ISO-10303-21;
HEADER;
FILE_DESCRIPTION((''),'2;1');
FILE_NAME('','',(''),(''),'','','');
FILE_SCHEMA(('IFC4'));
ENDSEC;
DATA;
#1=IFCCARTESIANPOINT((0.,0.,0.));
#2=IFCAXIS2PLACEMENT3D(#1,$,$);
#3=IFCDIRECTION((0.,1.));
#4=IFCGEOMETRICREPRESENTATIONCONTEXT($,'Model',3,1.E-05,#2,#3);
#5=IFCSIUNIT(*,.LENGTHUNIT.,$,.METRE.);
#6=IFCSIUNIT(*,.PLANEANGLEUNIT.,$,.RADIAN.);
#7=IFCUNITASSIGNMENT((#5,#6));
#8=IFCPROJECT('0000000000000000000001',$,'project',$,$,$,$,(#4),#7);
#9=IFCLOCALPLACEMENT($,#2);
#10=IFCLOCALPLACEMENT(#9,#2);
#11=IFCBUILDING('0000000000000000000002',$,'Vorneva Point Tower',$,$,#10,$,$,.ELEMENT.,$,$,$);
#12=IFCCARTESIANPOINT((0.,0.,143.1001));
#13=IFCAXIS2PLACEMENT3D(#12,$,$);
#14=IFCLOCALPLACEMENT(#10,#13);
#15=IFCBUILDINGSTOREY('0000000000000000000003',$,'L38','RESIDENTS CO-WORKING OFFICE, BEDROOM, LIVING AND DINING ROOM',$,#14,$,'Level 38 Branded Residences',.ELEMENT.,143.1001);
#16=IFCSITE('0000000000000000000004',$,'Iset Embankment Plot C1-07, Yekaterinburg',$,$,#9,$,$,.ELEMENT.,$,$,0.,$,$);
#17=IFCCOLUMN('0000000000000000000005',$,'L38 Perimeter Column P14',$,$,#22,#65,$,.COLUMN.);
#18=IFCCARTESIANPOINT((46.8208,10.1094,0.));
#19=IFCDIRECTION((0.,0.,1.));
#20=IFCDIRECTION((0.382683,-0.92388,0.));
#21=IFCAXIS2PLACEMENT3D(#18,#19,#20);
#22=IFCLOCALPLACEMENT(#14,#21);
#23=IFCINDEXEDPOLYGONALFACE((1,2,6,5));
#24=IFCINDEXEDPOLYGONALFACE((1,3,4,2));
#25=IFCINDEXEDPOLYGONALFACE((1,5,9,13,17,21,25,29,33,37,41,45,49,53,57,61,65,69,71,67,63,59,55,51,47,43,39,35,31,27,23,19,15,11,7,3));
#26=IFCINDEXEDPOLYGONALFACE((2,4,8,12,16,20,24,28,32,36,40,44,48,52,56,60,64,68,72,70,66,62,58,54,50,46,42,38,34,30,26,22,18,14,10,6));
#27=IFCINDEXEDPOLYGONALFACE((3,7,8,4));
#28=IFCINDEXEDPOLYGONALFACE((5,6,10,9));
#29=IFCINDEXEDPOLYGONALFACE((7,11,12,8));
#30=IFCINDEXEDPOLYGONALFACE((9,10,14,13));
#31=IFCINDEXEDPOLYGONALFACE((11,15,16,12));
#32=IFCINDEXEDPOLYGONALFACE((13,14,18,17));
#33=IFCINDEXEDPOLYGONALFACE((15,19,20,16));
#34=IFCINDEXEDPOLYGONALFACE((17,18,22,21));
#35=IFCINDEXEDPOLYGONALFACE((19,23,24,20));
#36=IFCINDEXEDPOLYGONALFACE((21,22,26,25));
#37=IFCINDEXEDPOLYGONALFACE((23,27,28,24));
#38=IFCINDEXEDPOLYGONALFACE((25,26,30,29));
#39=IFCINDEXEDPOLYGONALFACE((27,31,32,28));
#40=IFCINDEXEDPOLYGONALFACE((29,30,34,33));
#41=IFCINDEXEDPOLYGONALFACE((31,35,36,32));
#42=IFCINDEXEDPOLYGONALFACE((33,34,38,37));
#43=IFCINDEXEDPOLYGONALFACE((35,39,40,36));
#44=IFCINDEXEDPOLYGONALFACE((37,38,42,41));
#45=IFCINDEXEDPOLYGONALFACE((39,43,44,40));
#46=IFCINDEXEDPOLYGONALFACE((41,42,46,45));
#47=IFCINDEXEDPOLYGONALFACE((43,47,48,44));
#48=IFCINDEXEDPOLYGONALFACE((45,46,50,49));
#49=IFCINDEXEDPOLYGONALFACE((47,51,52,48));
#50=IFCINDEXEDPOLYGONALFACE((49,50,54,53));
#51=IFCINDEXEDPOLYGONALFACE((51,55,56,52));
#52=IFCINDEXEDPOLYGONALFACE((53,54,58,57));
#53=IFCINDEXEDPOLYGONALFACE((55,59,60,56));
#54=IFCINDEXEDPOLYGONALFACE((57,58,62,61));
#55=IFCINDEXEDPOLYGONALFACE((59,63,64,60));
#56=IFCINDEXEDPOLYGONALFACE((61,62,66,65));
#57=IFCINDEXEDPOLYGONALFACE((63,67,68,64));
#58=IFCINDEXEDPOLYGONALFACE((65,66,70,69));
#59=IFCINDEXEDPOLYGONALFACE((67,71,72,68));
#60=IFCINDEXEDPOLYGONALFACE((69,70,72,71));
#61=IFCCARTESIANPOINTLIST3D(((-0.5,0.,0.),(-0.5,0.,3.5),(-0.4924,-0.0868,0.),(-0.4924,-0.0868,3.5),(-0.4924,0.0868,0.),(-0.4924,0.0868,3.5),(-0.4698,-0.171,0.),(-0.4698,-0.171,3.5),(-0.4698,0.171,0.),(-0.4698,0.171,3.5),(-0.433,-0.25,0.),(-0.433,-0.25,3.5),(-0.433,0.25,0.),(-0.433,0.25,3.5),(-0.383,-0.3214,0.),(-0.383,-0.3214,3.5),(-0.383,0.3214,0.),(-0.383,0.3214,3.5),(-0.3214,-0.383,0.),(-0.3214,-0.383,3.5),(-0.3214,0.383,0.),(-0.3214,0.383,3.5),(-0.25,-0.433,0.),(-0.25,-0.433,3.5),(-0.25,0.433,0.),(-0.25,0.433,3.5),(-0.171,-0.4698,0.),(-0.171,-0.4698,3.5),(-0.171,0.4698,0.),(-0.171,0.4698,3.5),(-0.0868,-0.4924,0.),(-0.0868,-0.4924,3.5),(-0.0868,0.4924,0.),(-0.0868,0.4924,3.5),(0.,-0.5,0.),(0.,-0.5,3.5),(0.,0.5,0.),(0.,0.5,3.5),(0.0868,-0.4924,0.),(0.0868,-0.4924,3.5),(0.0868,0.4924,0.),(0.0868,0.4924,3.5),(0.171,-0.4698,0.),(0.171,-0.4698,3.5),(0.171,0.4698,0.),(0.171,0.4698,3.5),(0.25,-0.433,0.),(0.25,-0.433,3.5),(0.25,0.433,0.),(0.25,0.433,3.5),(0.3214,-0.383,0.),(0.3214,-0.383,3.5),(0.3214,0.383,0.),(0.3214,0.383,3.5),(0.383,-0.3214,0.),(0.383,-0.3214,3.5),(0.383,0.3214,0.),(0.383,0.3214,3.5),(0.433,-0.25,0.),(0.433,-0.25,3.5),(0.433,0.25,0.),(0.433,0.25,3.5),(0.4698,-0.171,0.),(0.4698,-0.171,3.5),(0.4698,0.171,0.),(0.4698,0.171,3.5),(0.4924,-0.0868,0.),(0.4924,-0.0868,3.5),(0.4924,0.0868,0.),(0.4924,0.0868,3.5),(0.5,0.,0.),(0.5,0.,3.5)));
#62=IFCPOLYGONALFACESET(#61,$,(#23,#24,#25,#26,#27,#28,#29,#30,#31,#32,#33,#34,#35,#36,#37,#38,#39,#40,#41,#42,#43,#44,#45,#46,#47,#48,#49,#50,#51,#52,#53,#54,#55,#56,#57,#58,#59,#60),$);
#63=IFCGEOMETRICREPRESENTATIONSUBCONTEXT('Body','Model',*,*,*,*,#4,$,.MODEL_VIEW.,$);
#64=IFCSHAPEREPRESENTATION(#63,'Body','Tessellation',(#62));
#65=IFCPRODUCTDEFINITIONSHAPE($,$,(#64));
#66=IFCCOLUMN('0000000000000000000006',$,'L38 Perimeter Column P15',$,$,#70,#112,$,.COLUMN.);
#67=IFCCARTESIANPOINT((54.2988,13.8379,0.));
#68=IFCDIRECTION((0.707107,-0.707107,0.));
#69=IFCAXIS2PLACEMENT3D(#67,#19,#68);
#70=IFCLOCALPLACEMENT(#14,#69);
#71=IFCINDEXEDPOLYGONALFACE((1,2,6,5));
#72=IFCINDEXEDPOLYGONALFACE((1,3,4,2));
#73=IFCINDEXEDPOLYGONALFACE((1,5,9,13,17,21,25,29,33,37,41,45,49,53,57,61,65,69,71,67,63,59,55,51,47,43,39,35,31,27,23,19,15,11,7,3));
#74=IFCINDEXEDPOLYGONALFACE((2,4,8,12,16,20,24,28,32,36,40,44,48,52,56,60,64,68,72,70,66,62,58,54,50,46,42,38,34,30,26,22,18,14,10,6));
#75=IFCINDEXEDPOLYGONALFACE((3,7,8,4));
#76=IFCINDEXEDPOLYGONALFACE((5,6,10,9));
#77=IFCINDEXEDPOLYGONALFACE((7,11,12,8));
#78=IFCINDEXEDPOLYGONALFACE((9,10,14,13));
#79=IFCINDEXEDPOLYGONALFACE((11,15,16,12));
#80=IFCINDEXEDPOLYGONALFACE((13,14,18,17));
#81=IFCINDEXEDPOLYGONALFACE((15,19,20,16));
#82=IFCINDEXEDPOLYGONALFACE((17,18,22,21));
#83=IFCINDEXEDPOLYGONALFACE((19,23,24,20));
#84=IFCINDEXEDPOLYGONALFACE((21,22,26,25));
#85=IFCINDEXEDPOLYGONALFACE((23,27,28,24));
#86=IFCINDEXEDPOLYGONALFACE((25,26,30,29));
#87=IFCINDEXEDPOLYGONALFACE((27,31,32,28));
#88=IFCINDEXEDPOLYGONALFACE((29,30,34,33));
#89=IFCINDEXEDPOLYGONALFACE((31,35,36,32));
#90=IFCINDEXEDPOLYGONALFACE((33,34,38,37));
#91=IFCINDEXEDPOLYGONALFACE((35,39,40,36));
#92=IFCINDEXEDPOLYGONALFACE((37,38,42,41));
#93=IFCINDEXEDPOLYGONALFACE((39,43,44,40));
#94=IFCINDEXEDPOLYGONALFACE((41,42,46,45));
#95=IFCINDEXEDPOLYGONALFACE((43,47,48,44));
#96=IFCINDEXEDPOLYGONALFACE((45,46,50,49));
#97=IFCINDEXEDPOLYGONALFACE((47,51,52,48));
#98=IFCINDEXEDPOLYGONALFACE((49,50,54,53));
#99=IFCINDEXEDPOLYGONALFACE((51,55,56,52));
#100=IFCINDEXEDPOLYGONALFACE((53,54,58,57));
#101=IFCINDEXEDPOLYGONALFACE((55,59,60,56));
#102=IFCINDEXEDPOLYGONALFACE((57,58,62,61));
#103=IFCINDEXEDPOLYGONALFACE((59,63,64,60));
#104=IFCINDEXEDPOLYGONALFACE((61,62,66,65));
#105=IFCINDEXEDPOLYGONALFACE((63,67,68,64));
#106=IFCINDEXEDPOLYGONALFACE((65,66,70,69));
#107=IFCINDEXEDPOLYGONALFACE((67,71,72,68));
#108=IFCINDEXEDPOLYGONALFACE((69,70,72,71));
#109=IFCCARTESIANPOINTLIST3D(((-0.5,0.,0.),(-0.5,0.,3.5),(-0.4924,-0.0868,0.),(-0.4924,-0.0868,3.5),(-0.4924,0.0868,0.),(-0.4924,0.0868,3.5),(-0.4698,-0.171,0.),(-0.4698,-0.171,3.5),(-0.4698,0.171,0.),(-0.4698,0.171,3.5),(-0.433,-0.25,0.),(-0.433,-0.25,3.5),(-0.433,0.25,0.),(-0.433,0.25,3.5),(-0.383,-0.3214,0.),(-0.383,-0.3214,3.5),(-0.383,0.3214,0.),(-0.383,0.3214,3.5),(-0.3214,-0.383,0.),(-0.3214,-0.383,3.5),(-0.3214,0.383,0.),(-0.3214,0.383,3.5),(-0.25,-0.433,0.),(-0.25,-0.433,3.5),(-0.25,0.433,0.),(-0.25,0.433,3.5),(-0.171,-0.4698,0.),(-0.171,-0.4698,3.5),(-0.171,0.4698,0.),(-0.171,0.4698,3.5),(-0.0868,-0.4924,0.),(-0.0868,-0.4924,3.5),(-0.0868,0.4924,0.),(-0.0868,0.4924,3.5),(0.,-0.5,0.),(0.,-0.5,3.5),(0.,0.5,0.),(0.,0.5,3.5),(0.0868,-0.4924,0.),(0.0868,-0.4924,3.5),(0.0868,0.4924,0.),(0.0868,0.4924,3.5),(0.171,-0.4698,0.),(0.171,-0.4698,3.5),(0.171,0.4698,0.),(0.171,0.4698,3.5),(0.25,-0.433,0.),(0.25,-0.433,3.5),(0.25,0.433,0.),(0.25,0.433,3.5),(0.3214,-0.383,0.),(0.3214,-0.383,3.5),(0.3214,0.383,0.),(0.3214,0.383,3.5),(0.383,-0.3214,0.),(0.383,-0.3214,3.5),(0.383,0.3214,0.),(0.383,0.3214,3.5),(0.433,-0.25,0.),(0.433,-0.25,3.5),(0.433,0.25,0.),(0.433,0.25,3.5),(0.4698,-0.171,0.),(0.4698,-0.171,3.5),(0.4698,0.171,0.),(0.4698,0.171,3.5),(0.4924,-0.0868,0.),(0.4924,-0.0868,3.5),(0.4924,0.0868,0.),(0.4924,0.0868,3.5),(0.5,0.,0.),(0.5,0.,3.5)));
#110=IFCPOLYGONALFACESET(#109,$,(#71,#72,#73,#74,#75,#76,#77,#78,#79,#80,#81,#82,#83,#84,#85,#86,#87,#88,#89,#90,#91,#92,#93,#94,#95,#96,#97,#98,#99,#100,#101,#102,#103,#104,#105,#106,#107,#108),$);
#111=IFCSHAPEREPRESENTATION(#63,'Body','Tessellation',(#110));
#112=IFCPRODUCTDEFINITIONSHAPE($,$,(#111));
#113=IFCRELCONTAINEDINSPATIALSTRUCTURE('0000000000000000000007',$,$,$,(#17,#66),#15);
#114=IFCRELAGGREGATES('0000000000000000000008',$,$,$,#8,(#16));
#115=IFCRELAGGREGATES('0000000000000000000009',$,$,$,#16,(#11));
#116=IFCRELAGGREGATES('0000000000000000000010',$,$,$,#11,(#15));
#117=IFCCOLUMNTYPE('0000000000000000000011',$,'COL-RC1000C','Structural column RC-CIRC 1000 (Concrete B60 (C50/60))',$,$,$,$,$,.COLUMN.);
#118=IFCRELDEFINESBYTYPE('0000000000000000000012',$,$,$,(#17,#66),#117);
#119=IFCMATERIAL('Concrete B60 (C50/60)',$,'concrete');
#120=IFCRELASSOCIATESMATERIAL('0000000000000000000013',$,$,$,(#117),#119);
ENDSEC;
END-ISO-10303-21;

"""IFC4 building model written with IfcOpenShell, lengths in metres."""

from ifc_helpers import new_model, si_unit, direction, frame, origin, origin_2d, place, context, subcontext, project, spatial, circle, extrude, material, material_profile, profile_set, type_object, element, save


model = new_model("IFC4")

# Units and contexts
model_context = context("Model", 3, precision=1e-05, world=origin(), true_north=direction((0.0, 1.0)))
body_context = subcontext(model_context, "Body", "Model", "MODEL_VIEW")
ifc_project = project(units=[si_unit("LENGTHUNIT", "METRE"), si_unit("PLANEANGLEUNIT", "RADIAN")], contexts=[model_context])

# Site, building, storey
site_placement = place(None, origin())
site = spatial("IfcSite", under=ifc_project, at=site_placement, Name="Iset Embankment Plot C1-07, Yekaterinburg", CompositionType="ELEMENT", RefElevation=0.0)
building_placement = place(site_placement, origin())
building = spatial("IfcBuilding", under=site, at=building_placement, Name="Vorneva Point Tower", CompositionType="ELEMENT")
storey_placement = place(building_placement, frame((0.0, 0.0, 143.1001)))
storey = spatial("IfcBuildingStorey", under=building, at=storey_placement, Name="L38", Description="RESIDENTS CO-WORKING OFFICE, BEDROOM, LIVING AND DINING ROOM", LongName="Level 38 Branded Residences", CompositionType="ELEMENT", Elevation=143.1001)

# Columns
ifc_material_1 = material(Name="Concrete B60 (C50/60)", Category="concrete")
ifc_material_profile_1 = material_profile(ifc_material_1, circle(Radius=0.5, at=origin_2d()), Name="RC-CIRC 1000")
ifc_profile_set_1 = profile_set([ifc_material_profile_1], Name="Concrete B60 (C50/60)")
column_type_1 = type_object("IfcColumnType", Name="COL-RC1000C", Description="Structural column RC-CIRC 1000 (Concrete B60 (C50/60))", PredefinedType="COLUMN", material=ifc_profile_set_1)
for number, where, z_axis, x_axis, name in (
    (1, (46.8208, 10.1094, 0.0), (0.0, 0.0, 1.0), (0.382683, -0.92388, 0.0), "L38 Perimeter Column P14"),
    (2, (54.2988, 13.8379, 0.0), (0.0, 0.0, 1.0), (0.707107, -0.707107, 0.0), "L38 Perimeter Column P15"),
):
    element("IfcColumn", number, at=place(storey_placement, frame(where, z_axis=z_axis, x_axis=x_axis)), inside=storey, type_object=column_type_1, Name=name, PredefinedType="COLUMN", context=body_context, shape_type="SweptSolid", body=[
        extrude(circle(Radius=0.5, at=origin_2d()), origin(), (0.0, 0.0, 1.0), 3.5),
    ])

save(model, "model.ifc")
